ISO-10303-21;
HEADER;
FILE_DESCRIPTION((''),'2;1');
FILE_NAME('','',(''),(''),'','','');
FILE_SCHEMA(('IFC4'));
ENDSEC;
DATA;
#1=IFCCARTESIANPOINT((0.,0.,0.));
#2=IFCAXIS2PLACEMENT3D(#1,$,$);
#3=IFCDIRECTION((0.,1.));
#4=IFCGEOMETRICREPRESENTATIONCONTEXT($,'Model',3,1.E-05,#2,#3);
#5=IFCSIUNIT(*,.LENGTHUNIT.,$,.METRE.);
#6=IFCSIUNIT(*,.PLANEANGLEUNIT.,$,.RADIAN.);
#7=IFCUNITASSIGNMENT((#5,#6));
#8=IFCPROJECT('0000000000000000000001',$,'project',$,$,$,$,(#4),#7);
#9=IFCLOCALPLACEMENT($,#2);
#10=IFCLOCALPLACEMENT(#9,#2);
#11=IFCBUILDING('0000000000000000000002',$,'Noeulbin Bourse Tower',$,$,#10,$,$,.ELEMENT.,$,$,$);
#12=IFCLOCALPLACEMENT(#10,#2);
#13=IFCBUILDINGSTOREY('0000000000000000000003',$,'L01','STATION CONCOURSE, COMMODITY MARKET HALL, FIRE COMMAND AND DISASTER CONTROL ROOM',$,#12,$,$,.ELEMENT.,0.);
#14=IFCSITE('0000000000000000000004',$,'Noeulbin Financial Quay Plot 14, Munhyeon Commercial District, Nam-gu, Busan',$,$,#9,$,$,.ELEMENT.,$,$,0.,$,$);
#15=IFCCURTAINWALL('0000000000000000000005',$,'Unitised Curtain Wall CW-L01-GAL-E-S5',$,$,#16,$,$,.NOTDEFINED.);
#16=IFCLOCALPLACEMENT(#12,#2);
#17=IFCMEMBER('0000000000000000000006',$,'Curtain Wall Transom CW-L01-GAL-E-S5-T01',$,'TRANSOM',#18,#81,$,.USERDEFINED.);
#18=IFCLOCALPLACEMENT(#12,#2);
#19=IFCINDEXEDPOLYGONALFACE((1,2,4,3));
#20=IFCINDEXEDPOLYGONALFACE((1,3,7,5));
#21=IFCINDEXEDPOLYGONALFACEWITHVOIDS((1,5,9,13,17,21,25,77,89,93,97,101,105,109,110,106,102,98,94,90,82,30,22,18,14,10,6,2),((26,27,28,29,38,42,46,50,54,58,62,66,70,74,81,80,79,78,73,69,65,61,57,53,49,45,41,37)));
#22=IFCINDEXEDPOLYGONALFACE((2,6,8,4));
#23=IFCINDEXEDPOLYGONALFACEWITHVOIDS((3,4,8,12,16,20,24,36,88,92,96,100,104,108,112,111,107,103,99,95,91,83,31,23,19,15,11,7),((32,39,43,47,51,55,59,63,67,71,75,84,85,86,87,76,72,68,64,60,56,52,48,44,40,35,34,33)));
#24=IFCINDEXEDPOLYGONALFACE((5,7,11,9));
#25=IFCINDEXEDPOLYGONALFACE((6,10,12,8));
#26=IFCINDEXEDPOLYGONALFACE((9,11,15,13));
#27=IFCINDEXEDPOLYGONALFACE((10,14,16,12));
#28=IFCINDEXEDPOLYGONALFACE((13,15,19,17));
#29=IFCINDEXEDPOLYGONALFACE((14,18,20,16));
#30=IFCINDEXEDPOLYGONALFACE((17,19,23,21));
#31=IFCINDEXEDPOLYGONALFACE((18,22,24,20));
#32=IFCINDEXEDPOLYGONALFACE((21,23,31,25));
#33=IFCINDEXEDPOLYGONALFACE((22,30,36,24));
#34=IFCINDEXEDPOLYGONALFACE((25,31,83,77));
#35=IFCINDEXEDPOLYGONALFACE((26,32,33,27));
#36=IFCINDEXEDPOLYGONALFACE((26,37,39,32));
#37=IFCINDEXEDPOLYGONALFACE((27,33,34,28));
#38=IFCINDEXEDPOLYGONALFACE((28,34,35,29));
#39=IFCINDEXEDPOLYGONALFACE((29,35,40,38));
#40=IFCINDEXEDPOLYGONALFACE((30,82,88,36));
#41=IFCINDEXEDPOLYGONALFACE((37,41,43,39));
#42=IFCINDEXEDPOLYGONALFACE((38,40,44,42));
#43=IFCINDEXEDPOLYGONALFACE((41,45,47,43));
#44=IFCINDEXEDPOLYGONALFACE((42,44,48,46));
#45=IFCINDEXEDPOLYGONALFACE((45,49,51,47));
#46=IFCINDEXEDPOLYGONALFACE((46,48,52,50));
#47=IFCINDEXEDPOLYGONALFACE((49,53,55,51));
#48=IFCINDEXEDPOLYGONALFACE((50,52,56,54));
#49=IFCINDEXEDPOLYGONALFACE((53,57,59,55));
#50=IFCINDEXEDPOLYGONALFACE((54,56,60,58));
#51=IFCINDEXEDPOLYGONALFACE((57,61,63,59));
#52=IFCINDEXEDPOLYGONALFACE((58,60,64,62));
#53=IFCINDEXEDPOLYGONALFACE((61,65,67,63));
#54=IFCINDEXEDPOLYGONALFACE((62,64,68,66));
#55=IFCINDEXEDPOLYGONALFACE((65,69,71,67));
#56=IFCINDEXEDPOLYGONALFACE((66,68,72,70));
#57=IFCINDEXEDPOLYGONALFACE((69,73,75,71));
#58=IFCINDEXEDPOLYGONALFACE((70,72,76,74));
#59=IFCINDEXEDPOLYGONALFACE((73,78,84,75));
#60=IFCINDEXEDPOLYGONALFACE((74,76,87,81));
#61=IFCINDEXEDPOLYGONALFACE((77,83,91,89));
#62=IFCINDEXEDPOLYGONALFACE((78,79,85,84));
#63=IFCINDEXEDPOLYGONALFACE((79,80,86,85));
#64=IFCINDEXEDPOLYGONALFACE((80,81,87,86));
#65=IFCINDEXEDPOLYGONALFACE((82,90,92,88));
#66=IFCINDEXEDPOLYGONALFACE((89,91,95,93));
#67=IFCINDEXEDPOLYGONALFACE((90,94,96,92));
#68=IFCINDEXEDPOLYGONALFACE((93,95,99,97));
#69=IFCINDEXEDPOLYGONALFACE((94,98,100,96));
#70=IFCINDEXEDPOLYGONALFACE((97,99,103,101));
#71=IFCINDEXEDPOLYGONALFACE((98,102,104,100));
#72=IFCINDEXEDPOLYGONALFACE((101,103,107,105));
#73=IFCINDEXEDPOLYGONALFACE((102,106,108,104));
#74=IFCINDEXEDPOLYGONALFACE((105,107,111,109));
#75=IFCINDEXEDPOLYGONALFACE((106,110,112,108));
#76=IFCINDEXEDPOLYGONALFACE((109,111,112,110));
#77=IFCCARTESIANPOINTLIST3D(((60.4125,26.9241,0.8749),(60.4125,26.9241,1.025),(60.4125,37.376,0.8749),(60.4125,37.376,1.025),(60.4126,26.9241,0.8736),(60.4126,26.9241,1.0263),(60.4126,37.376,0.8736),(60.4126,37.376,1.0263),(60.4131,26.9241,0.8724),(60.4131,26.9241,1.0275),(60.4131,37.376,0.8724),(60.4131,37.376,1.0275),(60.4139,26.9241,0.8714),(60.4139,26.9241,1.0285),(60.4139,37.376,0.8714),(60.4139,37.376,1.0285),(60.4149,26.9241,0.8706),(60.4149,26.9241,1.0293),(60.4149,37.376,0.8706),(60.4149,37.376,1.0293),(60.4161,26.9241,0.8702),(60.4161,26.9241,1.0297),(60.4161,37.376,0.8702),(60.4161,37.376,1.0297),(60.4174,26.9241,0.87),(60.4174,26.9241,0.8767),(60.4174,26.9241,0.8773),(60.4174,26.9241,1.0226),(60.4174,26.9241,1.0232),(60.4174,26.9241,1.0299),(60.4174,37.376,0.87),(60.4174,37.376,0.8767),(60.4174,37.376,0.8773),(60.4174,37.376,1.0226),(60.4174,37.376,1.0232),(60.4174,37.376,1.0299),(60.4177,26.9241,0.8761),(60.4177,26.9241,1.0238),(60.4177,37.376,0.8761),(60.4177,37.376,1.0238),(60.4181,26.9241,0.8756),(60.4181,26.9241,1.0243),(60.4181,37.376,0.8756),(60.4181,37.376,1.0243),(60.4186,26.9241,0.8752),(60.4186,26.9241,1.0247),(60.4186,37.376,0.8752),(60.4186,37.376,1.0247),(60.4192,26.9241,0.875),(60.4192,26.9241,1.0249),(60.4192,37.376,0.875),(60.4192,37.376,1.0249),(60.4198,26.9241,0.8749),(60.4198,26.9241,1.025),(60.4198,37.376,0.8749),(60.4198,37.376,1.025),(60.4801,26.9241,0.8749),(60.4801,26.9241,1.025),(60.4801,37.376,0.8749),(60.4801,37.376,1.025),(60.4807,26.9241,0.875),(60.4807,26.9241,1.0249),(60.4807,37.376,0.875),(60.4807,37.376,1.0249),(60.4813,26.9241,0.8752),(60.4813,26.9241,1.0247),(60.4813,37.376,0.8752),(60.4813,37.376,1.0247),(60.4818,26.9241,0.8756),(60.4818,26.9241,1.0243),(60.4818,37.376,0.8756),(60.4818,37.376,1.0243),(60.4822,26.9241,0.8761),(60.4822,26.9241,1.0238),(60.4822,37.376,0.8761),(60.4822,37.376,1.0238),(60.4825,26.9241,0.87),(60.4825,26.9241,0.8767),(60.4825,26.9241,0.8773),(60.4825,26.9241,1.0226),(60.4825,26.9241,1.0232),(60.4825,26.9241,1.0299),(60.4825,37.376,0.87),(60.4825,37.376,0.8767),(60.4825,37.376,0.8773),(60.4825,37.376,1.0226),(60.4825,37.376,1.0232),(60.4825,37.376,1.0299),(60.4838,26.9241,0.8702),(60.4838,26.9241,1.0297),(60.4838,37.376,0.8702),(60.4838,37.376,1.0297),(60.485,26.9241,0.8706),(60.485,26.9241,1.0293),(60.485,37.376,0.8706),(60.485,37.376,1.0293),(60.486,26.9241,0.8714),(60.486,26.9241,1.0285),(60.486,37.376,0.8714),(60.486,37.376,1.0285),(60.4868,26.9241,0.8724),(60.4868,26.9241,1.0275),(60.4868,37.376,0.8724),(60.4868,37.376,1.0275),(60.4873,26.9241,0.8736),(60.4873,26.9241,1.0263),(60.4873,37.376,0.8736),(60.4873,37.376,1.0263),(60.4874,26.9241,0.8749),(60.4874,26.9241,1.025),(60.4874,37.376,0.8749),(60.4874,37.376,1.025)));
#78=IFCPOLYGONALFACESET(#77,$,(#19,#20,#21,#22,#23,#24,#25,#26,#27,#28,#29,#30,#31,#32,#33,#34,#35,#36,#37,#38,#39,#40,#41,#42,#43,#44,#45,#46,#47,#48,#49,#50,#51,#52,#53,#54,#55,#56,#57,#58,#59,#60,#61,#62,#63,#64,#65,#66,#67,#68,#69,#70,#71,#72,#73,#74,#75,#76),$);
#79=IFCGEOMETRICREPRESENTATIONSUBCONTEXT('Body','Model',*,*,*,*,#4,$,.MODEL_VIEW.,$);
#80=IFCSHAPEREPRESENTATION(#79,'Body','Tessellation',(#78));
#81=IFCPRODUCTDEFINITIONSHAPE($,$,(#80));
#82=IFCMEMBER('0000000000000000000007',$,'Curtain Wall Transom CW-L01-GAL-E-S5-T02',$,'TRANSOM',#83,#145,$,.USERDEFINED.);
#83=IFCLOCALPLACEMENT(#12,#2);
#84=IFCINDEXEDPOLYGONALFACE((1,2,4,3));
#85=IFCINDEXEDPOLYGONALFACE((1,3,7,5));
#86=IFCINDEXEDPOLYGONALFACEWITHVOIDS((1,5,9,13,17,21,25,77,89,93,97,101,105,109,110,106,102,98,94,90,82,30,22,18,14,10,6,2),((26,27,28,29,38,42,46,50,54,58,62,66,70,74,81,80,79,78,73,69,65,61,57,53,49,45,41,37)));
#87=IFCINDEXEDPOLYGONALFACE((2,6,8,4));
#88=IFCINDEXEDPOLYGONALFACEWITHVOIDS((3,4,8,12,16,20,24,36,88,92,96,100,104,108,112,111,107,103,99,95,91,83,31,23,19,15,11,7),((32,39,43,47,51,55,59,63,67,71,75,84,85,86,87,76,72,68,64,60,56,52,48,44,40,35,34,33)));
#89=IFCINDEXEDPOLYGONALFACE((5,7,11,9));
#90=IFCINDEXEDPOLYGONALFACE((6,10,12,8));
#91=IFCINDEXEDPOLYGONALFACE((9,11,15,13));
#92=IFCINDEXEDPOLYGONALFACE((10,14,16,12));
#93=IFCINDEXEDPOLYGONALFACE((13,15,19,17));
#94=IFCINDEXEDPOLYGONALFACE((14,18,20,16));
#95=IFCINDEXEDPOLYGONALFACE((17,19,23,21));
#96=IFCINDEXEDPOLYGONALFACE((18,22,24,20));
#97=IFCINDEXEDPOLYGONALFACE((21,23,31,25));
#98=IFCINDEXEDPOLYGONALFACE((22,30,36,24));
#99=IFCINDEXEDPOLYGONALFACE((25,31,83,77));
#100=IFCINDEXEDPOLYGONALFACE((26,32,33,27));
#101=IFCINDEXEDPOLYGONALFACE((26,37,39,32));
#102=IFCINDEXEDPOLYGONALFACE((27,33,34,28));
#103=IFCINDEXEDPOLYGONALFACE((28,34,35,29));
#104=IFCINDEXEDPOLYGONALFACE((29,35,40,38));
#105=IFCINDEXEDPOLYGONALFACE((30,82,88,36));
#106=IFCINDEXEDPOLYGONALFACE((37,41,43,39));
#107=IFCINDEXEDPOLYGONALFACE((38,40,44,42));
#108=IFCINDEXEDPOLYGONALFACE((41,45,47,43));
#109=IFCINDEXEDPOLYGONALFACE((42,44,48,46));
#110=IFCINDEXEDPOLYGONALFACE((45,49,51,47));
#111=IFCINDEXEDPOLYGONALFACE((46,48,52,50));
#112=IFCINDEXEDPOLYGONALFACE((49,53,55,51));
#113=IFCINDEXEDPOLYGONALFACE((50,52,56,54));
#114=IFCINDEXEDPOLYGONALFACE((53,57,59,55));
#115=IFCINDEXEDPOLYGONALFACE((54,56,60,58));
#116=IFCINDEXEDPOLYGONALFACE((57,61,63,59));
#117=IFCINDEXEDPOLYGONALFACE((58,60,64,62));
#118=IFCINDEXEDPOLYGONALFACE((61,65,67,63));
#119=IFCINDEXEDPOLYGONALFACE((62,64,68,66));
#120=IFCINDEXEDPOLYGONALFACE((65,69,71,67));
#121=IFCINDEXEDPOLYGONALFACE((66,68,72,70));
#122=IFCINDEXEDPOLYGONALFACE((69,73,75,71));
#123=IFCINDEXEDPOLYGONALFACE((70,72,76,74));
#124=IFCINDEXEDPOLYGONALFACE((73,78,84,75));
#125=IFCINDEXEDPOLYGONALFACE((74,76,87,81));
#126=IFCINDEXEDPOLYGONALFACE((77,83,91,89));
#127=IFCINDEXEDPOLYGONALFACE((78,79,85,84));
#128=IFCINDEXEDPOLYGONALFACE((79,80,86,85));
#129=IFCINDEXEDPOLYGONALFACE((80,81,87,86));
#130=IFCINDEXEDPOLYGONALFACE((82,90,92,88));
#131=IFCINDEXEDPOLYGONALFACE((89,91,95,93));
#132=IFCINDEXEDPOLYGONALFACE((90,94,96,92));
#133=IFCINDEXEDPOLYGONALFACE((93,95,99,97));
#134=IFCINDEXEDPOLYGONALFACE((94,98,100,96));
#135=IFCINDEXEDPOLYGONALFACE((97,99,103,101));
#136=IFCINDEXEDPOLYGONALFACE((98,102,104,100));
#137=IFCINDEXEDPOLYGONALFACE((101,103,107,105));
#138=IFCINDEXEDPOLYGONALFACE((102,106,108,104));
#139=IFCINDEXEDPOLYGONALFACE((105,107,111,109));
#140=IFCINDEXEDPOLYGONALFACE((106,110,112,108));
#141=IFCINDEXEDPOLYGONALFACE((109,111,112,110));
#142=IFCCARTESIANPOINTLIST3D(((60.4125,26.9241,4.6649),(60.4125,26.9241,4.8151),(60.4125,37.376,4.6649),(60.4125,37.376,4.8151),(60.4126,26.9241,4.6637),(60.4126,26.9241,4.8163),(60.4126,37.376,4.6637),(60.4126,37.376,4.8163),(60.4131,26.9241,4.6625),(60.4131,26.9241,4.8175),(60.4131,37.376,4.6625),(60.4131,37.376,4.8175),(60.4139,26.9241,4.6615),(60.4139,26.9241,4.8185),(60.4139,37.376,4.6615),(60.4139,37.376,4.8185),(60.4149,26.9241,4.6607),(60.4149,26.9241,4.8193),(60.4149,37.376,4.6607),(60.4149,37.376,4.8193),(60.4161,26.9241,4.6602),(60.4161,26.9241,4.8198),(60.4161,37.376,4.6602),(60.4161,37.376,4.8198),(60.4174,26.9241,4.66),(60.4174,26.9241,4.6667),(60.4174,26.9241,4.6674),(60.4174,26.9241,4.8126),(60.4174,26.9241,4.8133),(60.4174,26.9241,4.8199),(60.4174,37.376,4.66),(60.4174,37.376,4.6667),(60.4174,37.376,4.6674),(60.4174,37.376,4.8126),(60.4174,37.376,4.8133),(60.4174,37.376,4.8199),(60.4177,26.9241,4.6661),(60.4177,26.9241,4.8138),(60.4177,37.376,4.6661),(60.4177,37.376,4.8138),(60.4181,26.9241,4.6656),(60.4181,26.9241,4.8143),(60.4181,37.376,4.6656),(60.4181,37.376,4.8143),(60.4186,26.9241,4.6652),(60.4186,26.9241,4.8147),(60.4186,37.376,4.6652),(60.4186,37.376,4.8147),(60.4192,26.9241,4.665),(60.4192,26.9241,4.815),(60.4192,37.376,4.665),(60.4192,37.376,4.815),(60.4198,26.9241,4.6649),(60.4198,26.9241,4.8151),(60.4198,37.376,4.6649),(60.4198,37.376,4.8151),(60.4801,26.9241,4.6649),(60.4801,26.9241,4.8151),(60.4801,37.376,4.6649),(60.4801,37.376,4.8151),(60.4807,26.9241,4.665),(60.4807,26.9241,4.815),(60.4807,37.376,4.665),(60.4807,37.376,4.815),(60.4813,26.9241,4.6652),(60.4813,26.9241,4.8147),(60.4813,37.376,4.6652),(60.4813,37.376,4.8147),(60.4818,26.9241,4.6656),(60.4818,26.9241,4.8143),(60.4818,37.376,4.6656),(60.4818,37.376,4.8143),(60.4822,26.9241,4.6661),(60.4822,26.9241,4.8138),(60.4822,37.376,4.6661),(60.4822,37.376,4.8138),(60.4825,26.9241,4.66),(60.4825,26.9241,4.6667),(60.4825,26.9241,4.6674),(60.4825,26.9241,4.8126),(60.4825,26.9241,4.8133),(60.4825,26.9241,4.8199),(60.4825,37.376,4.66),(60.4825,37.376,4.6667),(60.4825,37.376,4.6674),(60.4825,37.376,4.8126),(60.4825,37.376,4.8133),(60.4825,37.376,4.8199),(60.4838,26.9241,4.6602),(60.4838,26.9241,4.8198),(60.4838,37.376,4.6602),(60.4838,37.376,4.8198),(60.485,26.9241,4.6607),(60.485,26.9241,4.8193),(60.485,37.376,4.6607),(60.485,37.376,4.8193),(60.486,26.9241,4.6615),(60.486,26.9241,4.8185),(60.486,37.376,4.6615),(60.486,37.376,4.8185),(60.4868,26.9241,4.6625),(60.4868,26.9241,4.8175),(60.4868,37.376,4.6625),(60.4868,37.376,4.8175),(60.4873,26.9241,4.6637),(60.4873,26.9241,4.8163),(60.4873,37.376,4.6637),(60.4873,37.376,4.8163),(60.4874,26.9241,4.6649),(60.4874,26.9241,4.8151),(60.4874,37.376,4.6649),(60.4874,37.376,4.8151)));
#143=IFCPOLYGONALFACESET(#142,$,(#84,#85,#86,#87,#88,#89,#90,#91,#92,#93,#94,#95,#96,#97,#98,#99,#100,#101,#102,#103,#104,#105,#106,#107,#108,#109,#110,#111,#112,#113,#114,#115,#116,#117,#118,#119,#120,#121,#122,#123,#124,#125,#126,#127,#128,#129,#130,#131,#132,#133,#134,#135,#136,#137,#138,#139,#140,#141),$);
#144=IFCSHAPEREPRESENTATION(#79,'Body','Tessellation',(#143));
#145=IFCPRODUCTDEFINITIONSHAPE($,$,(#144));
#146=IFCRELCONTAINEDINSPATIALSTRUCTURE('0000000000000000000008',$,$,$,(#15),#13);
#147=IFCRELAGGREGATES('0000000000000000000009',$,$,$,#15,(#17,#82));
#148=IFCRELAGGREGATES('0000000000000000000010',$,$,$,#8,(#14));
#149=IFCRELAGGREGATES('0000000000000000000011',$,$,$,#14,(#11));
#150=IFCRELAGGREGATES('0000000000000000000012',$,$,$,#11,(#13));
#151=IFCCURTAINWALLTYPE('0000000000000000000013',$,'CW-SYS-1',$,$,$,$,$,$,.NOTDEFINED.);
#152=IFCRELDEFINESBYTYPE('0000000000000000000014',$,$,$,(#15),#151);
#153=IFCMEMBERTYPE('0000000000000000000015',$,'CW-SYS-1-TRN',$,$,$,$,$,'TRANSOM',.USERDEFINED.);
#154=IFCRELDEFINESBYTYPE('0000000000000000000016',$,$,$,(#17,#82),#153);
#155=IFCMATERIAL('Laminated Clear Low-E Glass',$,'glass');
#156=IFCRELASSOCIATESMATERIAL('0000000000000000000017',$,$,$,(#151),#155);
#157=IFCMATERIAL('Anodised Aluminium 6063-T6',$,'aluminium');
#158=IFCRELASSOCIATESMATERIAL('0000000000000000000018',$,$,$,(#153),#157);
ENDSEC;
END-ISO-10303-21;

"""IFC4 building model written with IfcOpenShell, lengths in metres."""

from ifc_helpers import new_model, si_unit, direction, frame, origin, origin_2d, place, context, subcontext, project, spatial, hollow_rectangle, extrude, material, material_profile, profile_set, type_object, element, aggregate, save


model = new_model("IFC4")

# Units and contexts
model_context = context("Model", 3, precision=1e-05, world=origin(), true_north=direction((0.0, 1.0)))
body_context = subcontext(model_context, "Body", "Model", "MODEL_VIEW")
ifc_project = project(units=[si_unit("LENGTHUNIT", "METRE"), si_unit("PLANEANGLEUNIT", "RADIAN")], contexts=[model_context])

# Site, building, storey
site_placement = place(None, origin())
site = spatial("IfcSite", under=ifc_project, at=site_placement, Name="Noeulbin Financial Quay Plot 14, Munhyeon Commercial District, Nam-gu, Busan", CompositionType="ELEMENT", RefElevation=0.0)
building_placement = place(site_placement, origin())
building = spatial("IfcBuilding", under=site, at=building_placement, Name="Noeulbin Bourse Tower", CompositionType="ELEMENT")
storey_placement = place(building_placement, origin())
storey = spatial("IfcBuildingStorey", under=building, at=storey_placement, Name="L01", Description="STATION CONCOURSE, COMMODITY MARKET HALL, FIRE COMMAND AND DISASTER CONTROL ROOM", CompositionType="ELEMENT", Elevation=0.0)

# Curtain wall
ifc_material_1 = material(Name="Laminated Clear Low-E Glass", Category="glass")
curtain_wall_type = type_object("IfcCurtainWallType", Name="CW-SYS-1", PredefinedType="NOTDEFINED", material=ifc_material_1)
ifc_material_2 = material(Name="Anodised Aluminium 6063-T6", Category="aluminium")
curtain_wall_1_placement = place(storey_placement, origin())
curtain_wall_1 = element("IfcCurtainWall", 1, at=curtain_wall_1_placement, inside=storey, type_object=curtain_wall_type, Name="Unitised Curtain Wall CW-L01-GAL-E-S5", PredefinedType="NOTDEFINED")

# Members
ifc_material_profile_1 = material_profile(ifc_material_2, hollow_rectangle(XDim=0.075, YDim=0.1599, WallThickness=0.0049, InnerFilletRadius=0.0024, OuterFilletRadius=0.0049, at=origin_2d()), Name="ALU-TRAN-75x160x5", Category="LoadBearing")
ifc_profile_set_1 = profile_set([ifc_material_profile_1], Name="Anodised Aluminium 6063-T6")
member_type_1 = type_object("IfcMemberType", Name="CW-SYS-1-TRN", ElementType="TRANSOM", PredefinedType="USERDEFINED", material=ifc_profile_set_1)
member_1_placement = place(storey_placement, frame((60.45, 26.9241, 0.95), z_axis=(0.0, 1.0, 0.0), x_axis=(-1.0, 0.0, 0.0)))
member_1 = element("IfcMember", 2, at=member_1_placement, type_object=member_type_1, Name="Curtain Wall Transom CW-L01-GAL-E-S5-T01", ObjectType="TRANSOM", PredefinedType="USERDEFINED", context=body_context, shape_type="SweptSolid", body=[
    extrude(hollow_rectangle(XDim=0.075, YDim=0.1599, WallThickness=0.0049, InnerFilletRadius=0.0024, OuterFilletRadius=0.0049, at=origin_2d()), origin(), (0.0, 0.0, 1.0), 10.4519),
])
member_2_placement = place(storey_placement, frame((60.45, 26.9241, 4.74), z_axis=(0.0, 1.0, 0.0), x_axis=(-1.0, 0.0, 0.0)))
member_2 = element("IfcMember", 3, at=member_2_placement, type_object=member_type_1, Name="Curtain Wall Transom CW-L01-GAL-E-S5-T02", ObjectType="TRANSOM", PredefinedType="USERDEFINED", context=body_context, shape_type="SweptSolid", body=[
    extrude(hollow_rectangle(XDim=0.075, YDim=0.1599, WallThickness=0.0049, InnerFilletRadius=0.0024, OuterFilletRadius=0.0049, at=origin_2d()), origin(), (0.0, 0.0, 1.0), 10.4519),
])

aggregate(curtain_wall_1, [member_1, member_2])

save(model, "model.ifc")
